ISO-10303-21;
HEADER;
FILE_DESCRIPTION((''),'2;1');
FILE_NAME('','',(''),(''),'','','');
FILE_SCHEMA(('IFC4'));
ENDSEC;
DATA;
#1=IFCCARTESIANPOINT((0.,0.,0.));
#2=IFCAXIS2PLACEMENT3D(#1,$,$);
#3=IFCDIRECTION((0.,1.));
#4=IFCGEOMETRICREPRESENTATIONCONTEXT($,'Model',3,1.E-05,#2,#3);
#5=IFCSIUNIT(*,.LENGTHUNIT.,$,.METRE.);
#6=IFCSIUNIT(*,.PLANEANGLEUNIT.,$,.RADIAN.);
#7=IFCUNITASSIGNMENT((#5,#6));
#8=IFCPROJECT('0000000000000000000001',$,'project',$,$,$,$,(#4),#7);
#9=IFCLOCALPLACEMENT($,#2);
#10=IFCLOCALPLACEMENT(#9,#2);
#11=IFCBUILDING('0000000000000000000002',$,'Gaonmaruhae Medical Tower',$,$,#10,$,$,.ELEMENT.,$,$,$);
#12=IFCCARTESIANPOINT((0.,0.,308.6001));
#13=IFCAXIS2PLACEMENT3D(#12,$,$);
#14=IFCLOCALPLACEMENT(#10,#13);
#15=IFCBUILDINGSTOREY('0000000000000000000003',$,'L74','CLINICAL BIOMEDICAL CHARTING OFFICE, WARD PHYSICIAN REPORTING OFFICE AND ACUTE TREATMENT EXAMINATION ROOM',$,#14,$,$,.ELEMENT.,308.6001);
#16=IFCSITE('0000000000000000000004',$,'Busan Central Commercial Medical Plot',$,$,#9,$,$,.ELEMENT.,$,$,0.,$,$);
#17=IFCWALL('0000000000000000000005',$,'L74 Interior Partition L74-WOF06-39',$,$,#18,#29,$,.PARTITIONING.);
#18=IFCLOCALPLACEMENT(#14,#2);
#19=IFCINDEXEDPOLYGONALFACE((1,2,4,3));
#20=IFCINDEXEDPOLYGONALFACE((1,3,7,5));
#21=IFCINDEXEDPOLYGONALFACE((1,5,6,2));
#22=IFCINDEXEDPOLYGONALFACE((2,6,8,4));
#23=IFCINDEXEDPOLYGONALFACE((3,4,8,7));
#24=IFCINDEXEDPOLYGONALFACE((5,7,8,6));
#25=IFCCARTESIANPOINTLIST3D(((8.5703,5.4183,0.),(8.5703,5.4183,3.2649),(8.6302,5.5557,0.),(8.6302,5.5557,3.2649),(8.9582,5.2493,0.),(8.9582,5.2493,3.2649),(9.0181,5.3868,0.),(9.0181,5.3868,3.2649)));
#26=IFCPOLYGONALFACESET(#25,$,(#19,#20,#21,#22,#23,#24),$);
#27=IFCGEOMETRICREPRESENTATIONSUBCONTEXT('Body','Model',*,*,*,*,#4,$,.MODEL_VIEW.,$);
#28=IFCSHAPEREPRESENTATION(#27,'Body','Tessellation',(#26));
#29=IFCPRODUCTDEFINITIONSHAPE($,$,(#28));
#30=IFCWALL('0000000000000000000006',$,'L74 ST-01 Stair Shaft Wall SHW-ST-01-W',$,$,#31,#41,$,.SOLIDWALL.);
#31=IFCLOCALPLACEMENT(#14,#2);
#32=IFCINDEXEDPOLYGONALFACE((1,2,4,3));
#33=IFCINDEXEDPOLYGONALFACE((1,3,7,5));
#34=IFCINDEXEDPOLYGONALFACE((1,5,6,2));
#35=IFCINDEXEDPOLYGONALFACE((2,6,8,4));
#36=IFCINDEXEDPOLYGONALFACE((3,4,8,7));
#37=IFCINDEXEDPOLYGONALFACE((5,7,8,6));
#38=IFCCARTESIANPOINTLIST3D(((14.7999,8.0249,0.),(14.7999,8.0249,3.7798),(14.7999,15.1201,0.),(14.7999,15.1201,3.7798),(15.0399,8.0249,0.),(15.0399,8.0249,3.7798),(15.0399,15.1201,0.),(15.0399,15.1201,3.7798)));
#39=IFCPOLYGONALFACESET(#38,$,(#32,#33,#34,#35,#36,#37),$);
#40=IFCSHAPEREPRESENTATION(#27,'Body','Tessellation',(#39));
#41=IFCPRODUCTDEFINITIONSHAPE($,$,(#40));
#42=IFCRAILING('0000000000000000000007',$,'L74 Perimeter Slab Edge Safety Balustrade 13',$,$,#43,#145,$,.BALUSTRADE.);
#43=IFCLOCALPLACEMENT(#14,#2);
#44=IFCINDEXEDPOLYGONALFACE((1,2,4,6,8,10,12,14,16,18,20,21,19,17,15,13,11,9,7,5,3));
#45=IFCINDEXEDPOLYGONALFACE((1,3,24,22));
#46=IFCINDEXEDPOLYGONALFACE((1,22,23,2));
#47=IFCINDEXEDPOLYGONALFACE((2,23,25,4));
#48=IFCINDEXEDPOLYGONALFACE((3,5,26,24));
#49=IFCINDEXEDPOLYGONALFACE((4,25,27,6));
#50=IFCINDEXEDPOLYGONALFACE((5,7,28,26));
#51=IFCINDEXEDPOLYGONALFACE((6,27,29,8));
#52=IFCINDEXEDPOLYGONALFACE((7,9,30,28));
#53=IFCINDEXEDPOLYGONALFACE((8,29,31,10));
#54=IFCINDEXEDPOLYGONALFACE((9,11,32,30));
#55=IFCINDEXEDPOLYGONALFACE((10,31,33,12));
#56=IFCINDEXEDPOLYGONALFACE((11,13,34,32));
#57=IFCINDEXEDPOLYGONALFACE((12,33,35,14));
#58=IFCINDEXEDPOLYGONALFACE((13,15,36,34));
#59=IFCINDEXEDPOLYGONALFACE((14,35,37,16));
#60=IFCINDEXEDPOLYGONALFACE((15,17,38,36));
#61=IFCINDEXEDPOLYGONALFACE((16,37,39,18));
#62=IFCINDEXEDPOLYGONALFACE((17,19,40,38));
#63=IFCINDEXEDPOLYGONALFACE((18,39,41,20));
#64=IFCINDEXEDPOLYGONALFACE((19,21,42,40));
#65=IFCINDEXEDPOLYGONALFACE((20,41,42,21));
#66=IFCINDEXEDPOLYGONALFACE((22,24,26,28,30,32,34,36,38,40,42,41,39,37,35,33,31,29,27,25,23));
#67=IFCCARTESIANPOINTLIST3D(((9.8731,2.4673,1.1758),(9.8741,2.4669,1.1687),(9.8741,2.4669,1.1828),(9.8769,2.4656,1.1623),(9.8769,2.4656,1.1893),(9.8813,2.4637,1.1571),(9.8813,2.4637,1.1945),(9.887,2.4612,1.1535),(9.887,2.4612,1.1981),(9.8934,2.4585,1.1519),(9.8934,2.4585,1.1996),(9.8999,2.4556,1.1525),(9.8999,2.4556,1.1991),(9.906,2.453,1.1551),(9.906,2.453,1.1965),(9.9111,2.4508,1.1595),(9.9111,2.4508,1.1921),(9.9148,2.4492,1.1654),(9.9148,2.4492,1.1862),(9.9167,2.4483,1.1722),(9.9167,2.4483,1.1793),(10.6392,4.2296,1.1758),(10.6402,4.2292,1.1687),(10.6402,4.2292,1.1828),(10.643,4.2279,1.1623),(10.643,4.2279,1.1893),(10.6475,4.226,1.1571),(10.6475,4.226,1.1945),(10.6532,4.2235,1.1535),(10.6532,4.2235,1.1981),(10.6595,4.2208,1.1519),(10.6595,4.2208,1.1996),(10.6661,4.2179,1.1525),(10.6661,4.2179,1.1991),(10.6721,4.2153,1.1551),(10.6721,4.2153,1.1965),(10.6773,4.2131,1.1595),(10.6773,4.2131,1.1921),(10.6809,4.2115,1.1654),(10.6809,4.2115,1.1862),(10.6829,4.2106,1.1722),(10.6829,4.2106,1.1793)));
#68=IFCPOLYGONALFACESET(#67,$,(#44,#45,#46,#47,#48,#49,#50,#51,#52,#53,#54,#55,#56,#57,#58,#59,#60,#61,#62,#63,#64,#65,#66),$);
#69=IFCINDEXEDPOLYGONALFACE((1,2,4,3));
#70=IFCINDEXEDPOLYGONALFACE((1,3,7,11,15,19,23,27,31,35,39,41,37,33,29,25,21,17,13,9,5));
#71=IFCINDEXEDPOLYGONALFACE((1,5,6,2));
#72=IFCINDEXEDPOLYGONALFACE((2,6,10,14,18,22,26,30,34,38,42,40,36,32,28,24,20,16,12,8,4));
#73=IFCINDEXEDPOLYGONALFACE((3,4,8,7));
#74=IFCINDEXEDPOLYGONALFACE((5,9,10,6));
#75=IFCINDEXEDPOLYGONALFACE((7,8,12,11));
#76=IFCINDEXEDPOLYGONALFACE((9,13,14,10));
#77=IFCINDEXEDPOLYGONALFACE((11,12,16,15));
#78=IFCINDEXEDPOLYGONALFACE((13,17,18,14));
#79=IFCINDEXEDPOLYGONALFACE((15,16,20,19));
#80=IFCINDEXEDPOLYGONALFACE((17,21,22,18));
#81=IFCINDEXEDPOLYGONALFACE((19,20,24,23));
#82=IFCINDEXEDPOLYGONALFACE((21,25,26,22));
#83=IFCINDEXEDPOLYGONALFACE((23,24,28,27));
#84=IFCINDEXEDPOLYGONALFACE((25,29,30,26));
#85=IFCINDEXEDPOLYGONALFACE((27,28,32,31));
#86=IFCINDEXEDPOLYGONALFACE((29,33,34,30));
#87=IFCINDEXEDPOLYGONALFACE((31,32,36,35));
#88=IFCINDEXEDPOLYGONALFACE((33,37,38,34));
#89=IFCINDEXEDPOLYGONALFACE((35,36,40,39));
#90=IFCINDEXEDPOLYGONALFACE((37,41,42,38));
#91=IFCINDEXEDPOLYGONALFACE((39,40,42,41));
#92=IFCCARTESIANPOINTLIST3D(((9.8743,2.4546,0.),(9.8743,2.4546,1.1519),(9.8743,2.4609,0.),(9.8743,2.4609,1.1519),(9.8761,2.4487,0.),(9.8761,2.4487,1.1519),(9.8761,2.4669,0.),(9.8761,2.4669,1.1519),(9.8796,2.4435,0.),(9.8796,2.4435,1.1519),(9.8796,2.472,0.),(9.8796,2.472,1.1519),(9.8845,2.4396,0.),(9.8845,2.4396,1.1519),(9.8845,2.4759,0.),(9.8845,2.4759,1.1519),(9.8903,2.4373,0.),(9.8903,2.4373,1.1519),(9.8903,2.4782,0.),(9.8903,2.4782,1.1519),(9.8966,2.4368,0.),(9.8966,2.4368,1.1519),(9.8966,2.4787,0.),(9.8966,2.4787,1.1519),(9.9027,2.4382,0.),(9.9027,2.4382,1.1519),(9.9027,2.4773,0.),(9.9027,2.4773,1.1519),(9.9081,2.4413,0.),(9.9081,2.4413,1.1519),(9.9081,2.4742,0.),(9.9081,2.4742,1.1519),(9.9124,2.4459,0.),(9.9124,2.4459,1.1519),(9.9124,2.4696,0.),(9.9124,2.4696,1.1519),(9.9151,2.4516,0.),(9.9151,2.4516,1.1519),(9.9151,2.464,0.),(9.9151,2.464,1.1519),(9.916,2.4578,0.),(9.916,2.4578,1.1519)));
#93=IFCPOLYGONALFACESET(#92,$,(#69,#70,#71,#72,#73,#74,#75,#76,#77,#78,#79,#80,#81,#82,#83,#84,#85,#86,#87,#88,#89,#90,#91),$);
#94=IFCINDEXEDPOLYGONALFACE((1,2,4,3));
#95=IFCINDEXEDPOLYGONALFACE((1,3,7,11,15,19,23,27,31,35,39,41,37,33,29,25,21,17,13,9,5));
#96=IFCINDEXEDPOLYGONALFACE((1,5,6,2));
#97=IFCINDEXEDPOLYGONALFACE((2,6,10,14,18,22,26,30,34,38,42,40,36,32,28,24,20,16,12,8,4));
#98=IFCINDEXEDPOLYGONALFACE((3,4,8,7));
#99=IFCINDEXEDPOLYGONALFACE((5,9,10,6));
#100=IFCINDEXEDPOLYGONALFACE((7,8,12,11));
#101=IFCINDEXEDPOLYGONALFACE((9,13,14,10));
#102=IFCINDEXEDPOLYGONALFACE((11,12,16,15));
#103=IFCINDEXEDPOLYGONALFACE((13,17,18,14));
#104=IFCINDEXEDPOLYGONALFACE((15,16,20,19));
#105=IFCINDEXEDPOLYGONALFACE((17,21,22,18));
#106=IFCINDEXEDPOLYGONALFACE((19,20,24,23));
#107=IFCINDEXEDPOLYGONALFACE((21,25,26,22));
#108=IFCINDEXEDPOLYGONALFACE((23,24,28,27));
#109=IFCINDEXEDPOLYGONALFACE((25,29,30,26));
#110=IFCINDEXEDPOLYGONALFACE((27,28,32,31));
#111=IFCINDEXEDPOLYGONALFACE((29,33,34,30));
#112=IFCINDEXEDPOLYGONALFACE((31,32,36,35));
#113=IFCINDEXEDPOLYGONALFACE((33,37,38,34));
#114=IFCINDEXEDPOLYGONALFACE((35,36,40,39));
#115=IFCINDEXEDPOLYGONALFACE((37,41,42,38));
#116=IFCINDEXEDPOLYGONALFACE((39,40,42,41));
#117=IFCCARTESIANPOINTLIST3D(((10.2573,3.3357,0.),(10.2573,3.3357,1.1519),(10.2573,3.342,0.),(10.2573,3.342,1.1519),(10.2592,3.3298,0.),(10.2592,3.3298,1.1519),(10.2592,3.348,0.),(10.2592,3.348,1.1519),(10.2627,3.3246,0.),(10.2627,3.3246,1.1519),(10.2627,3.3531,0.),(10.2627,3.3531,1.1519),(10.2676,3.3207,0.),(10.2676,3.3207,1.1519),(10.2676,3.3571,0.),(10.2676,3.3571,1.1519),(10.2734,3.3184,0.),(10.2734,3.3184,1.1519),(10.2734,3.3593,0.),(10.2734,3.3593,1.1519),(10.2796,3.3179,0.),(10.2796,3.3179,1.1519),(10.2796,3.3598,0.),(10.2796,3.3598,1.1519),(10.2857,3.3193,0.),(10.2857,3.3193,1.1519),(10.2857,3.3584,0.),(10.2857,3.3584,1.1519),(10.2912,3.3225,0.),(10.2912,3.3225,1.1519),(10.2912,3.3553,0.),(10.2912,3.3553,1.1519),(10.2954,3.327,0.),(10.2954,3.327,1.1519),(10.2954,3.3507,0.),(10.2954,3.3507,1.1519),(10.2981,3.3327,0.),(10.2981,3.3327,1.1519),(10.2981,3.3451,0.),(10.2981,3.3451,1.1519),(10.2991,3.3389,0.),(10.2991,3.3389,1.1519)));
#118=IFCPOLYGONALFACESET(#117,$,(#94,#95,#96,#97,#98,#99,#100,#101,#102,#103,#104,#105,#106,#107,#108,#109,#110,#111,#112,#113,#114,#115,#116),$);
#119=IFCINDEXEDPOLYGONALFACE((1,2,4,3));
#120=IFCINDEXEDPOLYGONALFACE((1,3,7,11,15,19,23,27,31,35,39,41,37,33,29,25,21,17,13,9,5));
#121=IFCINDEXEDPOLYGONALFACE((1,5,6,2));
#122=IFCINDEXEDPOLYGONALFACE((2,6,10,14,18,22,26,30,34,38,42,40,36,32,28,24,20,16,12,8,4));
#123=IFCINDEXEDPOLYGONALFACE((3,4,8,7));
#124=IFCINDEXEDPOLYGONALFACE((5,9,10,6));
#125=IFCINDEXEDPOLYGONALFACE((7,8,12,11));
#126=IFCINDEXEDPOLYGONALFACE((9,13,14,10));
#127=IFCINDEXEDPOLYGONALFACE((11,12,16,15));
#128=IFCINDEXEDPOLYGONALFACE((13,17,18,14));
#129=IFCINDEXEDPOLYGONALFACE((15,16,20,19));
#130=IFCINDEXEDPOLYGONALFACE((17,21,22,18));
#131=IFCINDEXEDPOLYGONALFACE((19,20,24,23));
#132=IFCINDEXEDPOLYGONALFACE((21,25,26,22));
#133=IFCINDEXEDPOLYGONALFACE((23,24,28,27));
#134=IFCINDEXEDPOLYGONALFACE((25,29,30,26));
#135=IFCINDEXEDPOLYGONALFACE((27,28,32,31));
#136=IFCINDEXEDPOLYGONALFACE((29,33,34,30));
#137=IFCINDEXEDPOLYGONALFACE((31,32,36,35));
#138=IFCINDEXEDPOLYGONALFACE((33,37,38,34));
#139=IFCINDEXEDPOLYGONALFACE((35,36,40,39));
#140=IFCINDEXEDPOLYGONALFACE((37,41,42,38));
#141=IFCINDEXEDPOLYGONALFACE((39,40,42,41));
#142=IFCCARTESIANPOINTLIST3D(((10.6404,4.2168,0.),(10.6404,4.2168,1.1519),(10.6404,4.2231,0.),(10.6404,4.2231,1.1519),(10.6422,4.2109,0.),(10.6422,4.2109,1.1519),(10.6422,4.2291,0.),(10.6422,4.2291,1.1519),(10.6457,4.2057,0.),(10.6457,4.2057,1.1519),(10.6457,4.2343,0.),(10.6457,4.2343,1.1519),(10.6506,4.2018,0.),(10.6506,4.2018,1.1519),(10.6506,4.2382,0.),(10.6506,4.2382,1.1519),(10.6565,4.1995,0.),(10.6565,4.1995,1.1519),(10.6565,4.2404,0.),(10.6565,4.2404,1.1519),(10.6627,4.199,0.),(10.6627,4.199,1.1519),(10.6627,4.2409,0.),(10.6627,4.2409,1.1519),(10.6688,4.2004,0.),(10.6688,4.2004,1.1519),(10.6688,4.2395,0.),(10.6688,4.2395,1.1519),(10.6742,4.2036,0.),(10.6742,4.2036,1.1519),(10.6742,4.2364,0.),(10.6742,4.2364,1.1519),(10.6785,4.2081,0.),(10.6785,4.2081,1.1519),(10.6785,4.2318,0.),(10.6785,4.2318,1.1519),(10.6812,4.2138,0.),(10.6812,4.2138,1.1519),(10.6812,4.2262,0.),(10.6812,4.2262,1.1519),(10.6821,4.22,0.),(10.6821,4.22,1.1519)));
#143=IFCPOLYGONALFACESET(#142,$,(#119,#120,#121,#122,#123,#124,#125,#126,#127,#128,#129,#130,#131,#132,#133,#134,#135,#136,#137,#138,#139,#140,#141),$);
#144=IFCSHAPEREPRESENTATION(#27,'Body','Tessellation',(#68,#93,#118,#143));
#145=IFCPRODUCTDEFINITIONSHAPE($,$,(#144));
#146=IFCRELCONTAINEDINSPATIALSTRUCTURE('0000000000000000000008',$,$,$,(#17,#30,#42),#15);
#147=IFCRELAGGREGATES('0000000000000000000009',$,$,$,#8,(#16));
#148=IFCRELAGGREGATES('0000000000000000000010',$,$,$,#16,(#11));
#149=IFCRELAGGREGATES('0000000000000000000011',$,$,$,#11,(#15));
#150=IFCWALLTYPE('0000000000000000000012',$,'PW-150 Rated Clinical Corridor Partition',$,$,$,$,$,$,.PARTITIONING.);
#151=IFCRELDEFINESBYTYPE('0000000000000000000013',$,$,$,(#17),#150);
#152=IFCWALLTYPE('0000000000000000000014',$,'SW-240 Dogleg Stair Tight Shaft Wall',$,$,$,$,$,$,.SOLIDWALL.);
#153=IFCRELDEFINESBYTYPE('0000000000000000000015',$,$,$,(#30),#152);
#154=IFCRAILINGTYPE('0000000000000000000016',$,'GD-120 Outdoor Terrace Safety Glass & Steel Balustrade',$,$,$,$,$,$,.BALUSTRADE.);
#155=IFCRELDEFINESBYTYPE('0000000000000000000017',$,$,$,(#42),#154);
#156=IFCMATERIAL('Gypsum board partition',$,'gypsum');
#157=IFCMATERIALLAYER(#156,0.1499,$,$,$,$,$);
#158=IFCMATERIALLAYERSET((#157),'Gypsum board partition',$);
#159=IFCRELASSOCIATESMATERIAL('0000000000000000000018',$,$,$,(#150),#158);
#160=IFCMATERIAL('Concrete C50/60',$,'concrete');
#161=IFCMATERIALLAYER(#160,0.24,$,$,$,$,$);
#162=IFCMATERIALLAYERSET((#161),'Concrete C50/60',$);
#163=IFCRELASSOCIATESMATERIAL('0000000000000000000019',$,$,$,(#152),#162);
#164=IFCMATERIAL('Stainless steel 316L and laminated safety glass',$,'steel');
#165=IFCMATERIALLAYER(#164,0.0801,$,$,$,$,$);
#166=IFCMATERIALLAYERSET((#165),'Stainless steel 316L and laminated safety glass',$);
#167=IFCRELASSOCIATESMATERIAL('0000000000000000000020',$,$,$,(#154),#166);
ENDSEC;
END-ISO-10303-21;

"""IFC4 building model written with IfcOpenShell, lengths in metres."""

from ifc_helpers import new_model, si_unit, direction, frame, frame_2d, origin, origin_2d, place, context, subcontext, project, spatial, rectangle, circle, extrude, material, layer, layer_set, type_object, element, save


model = new_model("IFC4")

# Units and contexts
model_context = context("Model", 3, precision=1e-05, world=origin(), true_north=direction((0.0, 1.0)))
body_context = subcontext(model_context, "Body", "Model", "MODEL_VIEW")
ifc_project = project(units=[si_unit("LENGTHUNIT", "METRE"), si_unit("PLANEANGLEUNIT", "RADIAN")], contexts=[model_context])

# Site, building, storey
site_placement = place(None, origin())
site = spatial("IfcSite", under=ifc_project, at=site_placement, Name="Busan Central Commercial Medical Plot", CompositionType="ELEMENT", RefElevation=0.0)
building_placement = place(site_placement, origin())
building = spatial("IfcBuilding", under=site, at=building_placement, Name="Gaonmaruhae Medical Tower", CompositionType="ELEMENT")
storey_placement = place(building_placement, frame((0.0, 0.0, 308.6001)))
storey = spatial("IfcBuildingStorey", under=building, at=storey_placement, Name="L74", Description="CLINICAL BIOMEDICAL CHARTING OFFICE, WARD PHYSICIAN REPORTING OFFICE AND ACUTE TREATMENT EXAMINATION ROOM", CompositionType="ELEMENT", Elevation=308.6001)

# Shared definitions
ifc_material_1 = material(Name="Concrete C50/60", Category="concrete")

# Walls
ifc_material_2 = material(Name="Gypsum board partition", Category="gypsum")
ifc_layer_1 = layer(ifc_material_2, 0.1499)
ifc_layer_set_1 = layer_set([ifc_layer_1], Name="Gypsum board partition")
wall_type_1 = type_object("IfcWallType", Name="PW-150 Rated Clinical Corridor Partition", PredefinedType="PARTITIONING", material=ifc_layer_set_1)
wall_1_placement = place(storey_placement, frame((8.988, 5.3181, 0.0), z_axis=(0.0, 0.0, 1.0), x_axis=(-0.916831, 0.399275, 0.0)))
element("IfcWall", 1, at=wall_1_placement, inside=storey, type_object=wall_type_1, Name="L74 Interior Partition L74-WOF06-39", PredefinedType="PARTITIONING", context=body_context, shape_type="SweptSolid", body=[
    extrude(rectangle(XDim=0.4231, YDim=0.1499, at=frame_2d((0.2114, 0.0))), origin(), (0.0, 0.0, 1.0), 3.2649),
])
ifc_layer_2 = layer(ifc_material_1, 0.24)
ifc_layer_set_2 = layer_set([ifc_layer_2], Name="Concrete C50/60")
wall_type_2 = type_object("IfcWallType", Name="SW-240 Dogleg Stair Tight Shaft Wall", PredefinedType="SOLIDWALL", material=ifc_layer_set_2)
wall_2_placement = place(storey_placement, frame((14.9199, 8.0249, 0.0), z_axis=(0.0, 0.0, 1.0), x_axis=(0.0, 1.0, 0.0)))
element("IfcWall", 2, at=wall_2_placement, inside=storey, type_object=wall_type_2, Name="L74 ST-01 Stair Shaft Wall SHW-ST-01-W", PredefinedType="SOLIDWALL", context=body_context, shape_type="SweptSolid", body=[
    extrude(rectangle(XDim=7.0952, YDim=0.24, at=frame_2d((3.5476, 0.0))), origin(), (0.0, 0.0, 1.0), 3.7798),
])

# Railing
ifc_material_3 = material(Name="Stainless steel 316L and laminated safety glass", Category="steel")
ifc_layer_3 = layer(ifc_material_3, 0.0801)
ifc_layer_set_3 = layer_set([ifc_layer_3], Name="Stainless steel 316L and laminated safety glass")
railing_type_1 = type_object("IfcRailingType", Name="GD-120 Outdoor Terrace Safety Glass & Steel Balustrade", PredefinedType="BALUSTRADE", material=ifc_layer_set_3)
railing_1_placement = place(storey_placement, frame((9.895, 2.4578, 0.0)))
element("IfcRailing", 3, at=railing_1_placement, inside=storey, type_object=railing_type_1, Name="L74 Perimeter Slab Edge Safety Balustrade 13", PredefinedType="BALUSTRADE", context=body_context, shape_type="SweptSolid", body=[
    extrude(circle(Radius=0.0239, at=origin_2d()), frame((0.0, 0.0, 1.1758), z_axis=(0.398698, 0.917082, 0.0), x_axis=(-0.917082, 0.398698, 0.0)), (0.0, 0.0, 1.0), 1.9216),
    extrude(circle(Radius=0.021, at=origin_2d()), origin(), (0.0, 0.0, 1.0), 1.1519),
    extrude(circle(Radius=0.021, at=origin_2d()), frame((0.3831, 0.8811, 0.0)), (0.0, 0.0, 1.0), 1.1519),
    extrude(circle(Radius=0.021, at=origin_2d()), frame((0.7661, 1.7622, 0.0)), (0.0, 0.0, 1.0), 1.1519),
])

save(model, "model.ifc")
